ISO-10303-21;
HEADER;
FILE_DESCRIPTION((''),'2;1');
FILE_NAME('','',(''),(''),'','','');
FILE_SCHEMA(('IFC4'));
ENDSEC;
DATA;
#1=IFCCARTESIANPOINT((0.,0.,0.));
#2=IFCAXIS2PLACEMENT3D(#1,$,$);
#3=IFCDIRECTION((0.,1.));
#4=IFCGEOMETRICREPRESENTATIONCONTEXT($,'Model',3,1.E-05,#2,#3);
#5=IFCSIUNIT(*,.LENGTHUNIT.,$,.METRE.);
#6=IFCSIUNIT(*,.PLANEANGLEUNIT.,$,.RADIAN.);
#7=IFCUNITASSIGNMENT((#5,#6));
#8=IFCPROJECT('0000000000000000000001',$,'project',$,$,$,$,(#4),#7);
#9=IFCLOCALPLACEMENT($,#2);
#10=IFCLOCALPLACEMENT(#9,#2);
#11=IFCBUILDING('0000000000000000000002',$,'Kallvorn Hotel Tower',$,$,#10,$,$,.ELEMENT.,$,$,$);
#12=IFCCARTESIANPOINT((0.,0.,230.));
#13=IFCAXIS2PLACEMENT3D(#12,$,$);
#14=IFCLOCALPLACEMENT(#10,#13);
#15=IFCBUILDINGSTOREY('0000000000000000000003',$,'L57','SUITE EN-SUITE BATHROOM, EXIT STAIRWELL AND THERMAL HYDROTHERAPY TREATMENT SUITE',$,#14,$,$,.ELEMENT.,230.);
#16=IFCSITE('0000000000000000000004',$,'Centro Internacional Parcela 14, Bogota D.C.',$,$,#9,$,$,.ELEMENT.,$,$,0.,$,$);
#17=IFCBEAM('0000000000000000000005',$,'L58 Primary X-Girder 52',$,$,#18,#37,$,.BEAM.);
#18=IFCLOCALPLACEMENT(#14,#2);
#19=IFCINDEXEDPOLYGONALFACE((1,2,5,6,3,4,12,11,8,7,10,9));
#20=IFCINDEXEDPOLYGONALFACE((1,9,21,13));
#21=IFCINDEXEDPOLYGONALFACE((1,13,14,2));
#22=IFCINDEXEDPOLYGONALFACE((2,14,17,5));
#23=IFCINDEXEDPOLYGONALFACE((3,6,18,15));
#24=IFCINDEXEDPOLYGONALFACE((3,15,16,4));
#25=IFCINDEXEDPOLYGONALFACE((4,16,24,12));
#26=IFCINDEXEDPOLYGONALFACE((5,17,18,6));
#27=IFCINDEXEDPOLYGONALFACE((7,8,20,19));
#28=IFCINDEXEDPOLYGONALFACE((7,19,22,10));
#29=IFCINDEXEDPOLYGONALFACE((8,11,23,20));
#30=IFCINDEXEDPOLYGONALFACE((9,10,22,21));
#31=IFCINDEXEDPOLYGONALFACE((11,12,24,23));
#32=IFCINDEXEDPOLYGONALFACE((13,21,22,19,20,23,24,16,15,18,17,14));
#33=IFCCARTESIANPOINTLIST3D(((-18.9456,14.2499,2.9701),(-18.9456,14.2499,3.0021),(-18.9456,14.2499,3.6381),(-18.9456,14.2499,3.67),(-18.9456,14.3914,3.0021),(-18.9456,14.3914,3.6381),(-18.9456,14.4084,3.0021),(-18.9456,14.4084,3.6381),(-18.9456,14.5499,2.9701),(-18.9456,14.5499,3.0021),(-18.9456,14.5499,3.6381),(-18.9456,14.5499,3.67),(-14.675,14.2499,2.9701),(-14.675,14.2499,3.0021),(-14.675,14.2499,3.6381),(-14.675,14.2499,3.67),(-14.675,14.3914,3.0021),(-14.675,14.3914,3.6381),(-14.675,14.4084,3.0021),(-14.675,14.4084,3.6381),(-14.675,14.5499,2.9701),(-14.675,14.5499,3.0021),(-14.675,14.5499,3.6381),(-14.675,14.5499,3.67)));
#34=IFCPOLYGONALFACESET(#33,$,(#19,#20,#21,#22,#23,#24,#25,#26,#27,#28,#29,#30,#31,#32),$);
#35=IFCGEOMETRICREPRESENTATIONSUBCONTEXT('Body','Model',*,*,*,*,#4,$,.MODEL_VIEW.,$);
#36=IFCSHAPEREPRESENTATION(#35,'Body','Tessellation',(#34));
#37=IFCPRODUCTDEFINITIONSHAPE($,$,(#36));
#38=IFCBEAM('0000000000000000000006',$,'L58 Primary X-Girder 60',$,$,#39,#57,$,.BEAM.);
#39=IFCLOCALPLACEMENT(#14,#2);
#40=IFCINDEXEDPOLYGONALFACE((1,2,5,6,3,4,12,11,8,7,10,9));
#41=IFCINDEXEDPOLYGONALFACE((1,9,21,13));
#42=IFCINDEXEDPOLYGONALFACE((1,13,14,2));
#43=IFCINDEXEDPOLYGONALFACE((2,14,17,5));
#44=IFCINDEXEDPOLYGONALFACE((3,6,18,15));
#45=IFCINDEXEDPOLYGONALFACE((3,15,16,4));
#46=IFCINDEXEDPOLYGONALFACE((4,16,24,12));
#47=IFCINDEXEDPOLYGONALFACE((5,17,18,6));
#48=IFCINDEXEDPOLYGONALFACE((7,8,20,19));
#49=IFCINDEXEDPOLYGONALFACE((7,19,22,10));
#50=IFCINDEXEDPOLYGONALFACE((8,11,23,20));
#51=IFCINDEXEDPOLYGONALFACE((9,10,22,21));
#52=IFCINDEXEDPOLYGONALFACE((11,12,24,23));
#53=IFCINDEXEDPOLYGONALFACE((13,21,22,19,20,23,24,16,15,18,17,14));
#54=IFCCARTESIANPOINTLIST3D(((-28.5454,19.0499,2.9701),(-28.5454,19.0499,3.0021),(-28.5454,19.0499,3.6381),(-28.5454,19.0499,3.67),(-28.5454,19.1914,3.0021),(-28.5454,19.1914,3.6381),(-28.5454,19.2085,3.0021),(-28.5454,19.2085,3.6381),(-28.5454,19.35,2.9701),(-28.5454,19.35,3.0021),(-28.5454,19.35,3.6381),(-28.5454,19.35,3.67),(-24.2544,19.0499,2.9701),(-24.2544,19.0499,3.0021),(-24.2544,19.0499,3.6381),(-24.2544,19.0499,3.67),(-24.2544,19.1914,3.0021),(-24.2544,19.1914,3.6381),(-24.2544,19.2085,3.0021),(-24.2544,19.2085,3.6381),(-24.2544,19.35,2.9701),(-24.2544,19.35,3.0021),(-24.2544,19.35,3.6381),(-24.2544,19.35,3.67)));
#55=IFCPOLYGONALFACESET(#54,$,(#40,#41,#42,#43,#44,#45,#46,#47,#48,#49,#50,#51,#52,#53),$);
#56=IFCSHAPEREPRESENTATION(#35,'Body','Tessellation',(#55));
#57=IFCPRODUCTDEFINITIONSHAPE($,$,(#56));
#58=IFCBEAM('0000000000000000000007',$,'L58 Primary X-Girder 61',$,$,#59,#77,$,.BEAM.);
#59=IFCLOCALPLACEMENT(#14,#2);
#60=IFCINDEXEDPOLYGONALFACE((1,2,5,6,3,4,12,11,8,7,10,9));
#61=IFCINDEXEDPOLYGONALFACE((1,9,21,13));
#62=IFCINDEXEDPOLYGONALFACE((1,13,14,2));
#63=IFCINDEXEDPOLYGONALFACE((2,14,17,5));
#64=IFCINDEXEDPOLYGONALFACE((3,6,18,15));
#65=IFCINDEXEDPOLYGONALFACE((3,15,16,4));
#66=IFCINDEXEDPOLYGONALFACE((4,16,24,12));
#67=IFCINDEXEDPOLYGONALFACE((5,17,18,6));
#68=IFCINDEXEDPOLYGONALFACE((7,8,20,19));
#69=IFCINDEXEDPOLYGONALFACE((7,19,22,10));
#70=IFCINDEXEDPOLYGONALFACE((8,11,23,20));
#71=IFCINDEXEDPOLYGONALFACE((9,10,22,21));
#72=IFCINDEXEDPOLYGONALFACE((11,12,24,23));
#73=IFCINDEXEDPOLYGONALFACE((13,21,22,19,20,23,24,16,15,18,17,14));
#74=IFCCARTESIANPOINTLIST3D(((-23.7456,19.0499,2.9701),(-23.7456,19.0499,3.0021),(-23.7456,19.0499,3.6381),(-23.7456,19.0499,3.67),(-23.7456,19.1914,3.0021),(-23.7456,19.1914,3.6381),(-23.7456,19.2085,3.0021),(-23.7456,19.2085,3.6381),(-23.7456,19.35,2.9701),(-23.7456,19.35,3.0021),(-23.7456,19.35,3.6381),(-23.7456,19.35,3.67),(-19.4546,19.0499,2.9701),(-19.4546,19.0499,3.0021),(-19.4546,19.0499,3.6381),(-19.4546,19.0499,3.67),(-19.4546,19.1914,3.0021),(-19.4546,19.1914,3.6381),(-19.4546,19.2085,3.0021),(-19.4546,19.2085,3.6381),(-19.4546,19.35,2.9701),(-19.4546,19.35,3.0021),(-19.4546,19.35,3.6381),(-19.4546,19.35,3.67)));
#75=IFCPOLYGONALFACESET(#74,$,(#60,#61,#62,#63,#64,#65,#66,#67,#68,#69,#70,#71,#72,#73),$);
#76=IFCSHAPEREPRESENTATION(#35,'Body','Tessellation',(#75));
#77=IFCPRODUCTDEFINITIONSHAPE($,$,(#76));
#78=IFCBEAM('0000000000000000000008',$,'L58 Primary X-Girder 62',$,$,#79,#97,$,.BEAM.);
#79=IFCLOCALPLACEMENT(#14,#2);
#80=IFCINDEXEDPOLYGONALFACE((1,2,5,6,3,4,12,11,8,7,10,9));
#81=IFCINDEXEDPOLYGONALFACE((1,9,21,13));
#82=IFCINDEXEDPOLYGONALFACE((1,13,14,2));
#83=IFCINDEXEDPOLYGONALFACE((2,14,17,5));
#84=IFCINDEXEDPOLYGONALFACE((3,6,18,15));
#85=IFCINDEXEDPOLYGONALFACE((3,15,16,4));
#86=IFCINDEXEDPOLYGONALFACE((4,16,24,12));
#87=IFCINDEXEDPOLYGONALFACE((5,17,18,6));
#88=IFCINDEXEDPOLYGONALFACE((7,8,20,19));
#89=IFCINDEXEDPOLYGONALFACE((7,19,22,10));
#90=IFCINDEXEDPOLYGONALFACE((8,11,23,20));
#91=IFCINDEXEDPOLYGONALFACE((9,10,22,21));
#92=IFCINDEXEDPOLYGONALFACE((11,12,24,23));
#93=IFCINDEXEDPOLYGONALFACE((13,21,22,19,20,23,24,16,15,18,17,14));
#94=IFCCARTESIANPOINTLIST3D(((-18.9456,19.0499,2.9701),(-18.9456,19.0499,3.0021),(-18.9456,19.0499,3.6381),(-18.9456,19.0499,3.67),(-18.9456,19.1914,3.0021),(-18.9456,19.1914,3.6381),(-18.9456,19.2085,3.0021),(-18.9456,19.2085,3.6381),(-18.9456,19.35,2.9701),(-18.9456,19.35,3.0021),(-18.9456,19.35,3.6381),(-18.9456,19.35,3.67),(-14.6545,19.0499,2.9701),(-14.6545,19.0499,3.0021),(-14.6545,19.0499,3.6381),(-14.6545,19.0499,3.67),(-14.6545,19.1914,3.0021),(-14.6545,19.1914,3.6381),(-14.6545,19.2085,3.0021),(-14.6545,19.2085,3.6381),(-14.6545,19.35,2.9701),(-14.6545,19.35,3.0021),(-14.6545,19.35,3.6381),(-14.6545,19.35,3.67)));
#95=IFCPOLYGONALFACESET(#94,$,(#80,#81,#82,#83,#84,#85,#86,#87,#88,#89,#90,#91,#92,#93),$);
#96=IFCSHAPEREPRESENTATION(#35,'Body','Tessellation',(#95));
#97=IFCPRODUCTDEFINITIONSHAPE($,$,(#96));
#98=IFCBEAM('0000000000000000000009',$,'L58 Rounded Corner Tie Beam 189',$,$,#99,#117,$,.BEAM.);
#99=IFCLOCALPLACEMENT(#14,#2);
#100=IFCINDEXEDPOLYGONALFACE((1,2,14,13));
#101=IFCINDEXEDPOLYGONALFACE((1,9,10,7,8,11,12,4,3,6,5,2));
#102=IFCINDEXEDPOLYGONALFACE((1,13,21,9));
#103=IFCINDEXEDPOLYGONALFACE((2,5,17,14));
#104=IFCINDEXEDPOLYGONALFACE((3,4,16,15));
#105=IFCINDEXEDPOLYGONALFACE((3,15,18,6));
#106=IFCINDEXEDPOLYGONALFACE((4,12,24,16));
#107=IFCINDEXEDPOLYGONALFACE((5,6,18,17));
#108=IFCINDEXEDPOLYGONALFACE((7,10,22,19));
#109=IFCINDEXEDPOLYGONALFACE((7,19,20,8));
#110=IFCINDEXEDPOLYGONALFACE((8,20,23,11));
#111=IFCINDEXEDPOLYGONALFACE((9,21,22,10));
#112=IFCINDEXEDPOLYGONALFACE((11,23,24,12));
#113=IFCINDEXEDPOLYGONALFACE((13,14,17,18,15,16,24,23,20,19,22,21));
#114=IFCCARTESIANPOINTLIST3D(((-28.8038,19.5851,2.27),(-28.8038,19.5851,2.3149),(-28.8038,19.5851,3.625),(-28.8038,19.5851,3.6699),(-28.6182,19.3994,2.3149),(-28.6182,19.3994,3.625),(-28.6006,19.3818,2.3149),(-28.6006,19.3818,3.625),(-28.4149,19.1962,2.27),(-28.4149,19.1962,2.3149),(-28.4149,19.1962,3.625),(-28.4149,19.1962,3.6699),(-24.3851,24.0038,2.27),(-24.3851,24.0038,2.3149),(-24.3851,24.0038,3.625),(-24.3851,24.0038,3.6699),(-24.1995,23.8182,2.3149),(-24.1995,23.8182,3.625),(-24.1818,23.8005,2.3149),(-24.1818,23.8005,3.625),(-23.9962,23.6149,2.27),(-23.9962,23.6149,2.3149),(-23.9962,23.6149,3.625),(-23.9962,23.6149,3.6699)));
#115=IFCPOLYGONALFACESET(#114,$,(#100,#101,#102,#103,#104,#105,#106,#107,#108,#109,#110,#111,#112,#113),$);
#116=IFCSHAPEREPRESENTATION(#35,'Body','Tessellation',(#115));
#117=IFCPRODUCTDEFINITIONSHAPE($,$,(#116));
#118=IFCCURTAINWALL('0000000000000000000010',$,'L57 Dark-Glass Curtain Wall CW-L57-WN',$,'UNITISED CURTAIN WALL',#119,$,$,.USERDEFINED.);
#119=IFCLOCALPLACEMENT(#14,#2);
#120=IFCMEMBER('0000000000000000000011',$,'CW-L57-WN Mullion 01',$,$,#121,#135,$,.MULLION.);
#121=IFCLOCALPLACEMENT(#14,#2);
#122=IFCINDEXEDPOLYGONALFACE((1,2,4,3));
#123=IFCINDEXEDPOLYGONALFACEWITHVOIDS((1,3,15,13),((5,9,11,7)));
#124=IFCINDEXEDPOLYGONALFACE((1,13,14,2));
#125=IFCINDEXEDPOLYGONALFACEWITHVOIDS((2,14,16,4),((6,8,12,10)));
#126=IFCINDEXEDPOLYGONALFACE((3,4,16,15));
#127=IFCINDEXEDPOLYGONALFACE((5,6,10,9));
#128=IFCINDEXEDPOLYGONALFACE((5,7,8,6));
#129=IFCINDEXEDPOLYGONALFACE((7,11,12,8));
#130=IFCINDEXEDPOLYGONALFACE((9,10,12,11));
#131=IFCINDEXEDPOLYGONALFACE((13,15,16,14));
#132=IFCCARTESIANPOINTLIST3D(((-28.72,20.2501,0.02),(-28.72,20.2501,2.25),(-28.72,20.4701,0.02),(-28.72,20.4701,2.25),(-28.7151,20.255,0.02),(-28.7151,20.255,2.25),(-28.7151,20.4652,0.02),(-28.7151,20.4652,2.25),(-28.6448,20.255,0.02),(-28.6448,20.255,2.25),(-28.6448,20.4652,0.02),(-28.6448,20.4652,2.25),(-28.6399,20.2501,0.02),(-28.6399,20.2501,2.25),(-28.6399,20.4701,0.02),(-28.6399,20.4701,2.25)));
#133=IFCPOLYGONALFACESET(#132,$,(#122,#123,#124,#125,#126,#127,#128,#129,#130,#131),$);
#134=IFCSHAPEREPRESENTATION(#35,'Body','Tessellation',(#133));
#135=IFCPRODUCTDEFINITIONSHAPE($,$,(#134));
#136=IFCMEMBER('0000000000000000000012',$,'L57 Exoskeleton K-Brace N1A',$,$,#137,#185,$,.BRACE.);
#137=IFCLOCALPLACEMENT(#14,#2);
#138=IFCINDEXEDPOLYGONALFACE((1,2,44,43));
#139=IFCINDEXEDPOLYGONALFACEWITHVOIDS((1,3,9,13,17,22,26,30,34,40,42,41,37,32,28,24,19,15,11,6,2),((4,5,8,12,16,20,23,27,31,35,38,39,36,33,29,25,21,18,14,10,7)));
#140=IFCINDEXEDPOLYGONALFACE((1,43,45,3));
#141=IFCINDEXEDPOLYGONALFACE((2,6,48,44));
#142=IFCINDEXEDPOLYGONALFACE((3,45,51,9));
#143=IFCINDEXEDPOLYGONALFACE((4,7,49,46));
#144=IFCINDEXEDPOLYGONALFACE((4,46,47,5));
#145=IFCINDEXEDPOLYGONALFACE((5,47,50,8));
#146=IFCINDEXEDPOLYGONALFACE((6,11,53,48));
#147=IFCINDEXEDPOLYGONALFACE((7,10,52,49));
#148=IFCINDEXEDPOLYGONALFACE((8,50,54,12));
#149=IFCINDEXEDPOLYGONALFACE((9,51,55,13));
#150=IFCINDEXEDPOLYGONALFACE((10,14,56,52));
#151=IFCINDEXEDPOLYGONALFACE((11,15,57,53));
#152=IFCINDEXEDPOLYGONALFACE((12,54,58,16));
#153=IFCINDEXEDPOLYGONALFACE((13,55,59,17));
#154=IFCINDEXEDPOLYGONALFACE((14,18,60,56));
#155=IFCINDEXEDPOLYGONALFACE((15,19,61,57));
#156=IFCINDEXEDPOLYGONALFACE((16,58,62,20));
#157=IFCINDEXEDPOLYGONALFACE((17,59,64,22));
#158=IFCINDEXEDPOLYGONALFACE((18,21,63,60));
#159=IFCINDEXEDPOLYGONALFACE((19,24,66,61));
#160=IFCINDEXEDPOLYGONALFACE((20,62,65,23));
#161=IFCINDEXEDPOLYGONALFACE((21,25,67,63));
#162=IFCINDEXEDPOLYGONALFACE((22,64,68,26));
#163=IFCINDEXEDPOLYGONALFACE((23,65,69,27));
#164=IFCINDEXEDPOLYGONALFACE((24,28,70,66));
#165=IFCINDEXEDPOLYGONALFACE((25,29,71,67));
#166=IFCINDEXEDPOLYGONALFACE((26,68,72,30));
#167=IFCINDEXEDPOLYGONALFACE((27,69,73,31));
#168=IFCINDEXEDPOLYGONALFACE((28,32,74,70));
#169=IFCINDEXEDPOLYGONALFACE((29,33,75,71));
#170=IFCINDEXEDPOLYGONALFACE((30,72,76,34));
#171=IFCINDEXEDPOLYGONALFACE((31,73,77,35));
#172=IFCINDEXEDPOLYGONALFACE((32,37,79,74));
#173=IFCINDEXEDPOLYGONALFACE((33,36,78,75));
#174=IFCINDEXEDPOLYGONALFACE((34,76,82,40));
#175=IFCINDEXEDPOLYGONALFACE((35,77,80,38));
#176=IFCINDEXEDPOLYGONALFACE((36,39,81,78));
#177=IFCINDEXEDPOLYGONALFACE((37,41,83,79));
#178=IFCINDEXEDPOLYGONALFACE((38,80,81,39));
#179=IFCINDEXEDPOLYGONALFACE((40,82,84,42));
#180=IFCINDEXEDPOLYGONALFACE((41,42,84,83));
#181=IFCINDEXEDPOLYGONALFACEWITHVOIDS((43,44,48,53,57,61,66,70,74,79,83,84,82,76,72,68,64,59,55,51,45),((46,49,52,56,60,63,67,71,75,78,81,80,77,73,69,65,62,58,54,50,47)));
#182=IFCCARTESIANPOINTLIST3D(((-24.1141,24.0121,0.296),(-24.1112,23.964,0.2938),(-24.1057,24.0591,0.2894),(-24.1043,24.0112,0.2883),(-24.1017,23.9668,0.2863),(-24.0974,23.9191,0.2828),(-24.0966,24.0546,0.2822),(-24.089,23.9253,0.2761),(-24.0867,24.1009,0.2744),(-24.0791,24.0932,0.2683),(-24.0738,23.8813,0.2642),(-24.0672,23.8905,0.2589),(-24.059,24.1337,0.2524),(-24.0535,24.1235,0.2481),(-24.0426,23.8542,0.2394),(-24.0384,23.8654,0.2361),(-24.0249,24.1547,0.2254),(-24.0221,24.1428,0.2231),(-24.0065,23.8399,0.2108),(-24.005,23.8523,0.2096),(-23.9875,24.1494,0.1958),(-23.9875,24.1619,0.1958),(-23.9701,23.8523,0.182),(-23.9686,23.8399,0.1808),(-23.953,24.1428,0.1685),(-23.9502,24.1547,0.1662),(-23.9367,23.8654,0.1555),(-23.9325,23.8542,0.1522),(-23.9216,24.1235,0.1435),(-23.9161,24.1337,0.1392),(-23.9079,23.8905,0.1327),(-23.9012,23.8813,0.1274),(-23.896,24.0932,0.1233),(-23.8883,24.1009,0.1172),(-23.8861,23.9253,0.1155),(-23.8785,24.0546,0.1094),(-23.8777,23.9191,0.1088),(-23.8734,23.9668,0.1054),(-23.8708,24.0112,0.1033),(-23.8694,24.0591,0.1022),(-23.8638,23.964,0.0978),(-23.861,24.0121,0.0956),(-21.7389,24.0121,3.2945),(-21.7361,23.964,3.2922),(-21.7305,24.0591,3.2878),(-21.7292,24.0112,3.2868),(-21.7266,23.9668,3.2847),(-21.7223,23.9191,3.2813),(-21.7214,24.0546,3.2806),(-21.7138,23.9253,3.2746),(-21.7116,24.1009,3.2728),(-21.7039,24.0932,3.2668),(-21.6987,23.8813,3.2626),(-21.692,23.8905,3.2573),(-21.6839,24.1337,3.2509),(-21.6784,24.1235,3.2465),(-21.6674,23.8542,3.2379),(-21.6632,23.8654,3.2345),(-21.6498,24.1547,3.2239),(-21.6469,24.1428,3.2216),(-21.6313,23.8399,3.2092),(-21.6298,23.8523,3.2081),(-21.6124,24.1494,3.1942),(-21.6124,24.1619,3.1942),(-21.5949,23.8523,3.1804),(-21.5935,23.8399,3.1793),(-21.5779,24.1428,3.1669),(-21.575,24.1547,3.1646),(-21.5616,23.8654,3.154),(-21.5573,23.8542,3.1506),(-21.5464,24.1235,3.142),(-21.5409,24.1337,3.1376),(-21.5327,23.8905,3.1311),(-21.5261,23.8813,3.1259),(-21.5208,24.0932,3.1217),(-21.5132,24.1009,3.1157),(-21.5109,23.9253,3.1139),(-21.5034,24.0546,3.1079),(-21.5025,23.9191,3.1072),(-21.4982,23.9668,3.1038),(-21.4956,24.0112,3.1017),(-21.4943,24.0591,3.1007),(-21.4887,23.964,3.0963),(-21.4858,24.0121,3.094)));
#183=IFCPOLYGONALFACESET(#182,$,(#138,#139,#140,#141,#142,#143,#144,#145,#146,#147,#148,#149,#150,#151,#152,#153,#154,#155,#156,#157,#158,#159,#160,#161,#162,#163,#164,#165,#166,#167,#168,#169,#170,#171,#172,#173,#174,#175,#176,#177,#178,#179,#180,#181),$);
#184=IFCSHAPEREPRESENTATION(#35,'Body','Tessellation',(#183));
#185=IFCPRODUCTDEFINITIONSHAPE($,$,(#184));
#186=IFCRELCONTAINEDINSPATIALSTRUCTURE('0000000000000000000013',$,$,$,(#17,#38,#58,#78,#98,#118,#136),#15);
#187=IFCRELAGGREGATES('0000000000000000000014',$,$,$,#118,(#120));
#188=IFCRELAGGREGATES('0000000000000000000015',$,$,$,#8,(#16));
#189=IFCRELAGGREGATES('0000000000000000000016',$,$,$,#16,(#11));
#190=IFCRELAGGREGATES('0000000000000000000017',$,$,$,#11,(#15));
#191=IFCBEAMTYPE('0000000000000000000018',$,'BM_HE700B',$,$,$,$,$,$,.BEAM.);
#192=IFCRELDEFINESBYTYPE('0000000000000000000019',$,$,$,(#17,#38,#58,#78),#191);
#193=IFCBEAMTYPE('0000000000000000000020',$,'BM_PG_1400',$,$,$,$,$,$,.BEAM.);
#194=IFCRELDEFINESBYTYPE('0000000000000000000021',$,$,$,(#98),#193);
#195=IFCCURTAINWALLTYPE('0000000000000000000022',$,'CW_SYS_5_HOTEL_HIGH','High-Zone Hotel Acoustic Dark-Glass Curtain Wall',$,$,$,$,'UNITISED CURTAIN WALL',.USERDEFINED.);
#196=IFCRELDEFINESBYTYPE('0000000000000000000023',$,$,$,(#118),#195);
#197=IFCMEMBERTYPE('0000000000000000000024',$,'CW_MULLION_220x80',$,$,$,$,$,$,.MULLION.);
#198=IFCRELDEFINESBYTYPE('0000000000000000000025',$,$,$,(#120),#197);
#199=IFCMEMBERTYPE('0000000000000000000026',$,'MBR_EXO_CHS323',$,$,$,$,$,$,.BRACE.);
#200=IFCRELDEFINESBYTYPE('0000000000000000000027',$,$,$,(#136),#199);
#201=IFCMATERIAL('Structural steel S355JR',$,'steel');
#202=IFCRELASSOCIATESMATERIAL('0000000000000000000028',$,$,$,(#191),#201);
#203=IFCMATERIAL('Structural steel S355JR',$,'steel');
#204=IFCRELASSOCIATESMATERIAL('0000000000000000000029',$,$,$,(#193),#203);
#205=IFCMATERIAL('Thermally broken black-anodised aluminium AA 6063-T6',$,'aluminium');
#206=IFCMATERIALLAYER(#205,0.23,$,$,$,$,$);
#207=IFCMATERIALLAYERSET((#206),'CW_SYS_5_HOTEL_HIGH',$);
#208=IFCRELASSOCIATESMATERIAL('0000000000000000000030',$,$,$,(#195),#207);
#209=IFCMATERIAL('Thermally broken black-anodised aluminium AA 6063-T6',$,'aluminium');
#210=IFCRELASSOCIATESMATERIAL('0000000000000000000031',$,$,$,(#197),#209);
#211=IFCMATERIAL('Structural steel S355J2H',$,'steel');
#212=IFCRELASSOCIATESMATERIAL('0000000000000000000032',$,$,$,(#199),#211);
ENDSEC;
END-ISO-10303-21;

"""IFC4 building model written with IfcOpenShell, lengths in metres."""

from ifc_helpers import new_model, si_unit, direction, frame, origin, origin_2d, place, context, subcontext, project, spatial, hollow_rectangle, hollow_circle, i_section, extrude, material, layer, layer_set, material_profile, profile_set, type_object, element, aggregate, save


model = new_model("IFC4")

# Units and contexts
model_context = context("Model", 3, precision=1e-05, world=origin(), true_north=direction((0.0, 1.0)))
body_context = subcontext(model_context, "Body", "Model", "MODEL_VIEW")
ifc_project = project(units=[si_unit("LENGTHUNIT", "METRE"), si_unit("PLANEANGLEUNIT", "RADIAN")], contexts=[model_context])

# Site, building, storey
site_placement = place(None, origin())
site = spatial("IfcSite", under=ifc_project, at=site_placement, Name="Centro Internacional Parcela 14, Bogota D.C.", CompositionType="ELEMENT", RefElevation=0.0)
building_placement = place(site_placement, origin())
building = spatial("IfcBuilding", under=site, at=building_placement, Name="Kallvorn Hotel Tower", CompositionType="ELEMENT")
storey_placement = place(building_placement, frame((0.0, 0.0, 230.0)))
storey = spatial("IfcBuildingStorey", under=building, at=storey_placement, Name="L57", Description="SUITE EN-SUITE BATHROOM, EXIT STAIRWELL AND THERMAL HYDROTHERAPY TREATMENT SUITE", CompositionType="ELEMENT", Elevation=230.0)

# Beams
ifc_material_1 = material(Name="Structural steel S355JR", Category="steel")
ifc_material_profile_1 = material_profile(ifc_material_1, i_section(OverallWidth=0.3, OverallDepth=0.7, WebThickness=0.0171, FlangeThickness=0.032, at=origin_2d()), Name="HE 700 B")
ifc_profile_set_1 = profile_set([ifc_material_profile_1], Name="Structural steel S355JR")
beam_type_1 = type_object("IfcBeamType", Name="BM_HE700B", PredefinedType="BEAM", material=ifc_profile_set_1)
for number, where, z_axis, x_axis, name in (
    (1, (-18.9456, 14.3999, 3.3201), (1.0, 0.0, 0.0), (0.0, 1.0, 0.0), "L58 Primary X-Girder 52"),
):
    element("IfcBeam", number, at=place(storey_placement, frame(where, z_axis=z_axis, x_axis=x_axis)), inside=storey, type_object=beam_type_1, Name=name, PredefinedType="BEAM", context=body_context, shape_type="SweptSolid", body=[
        extrude(i_section(OverallWidth=0.3, OverallDepth=0.7, WebThickness=0.0171, FlangeThickness=0.032, at=origin_2d()), origin(), (0.0, 0.0, 1.0), 4.2705),
    ])
for number, where, z_axis, x_axis, name in (
    (2, (-28.5454, 19.2, 3.3201), (1.0, 0.0, 0.0), (0.0, 1.0, 0.0), "L58 Primary X-Girder 60"),
    (3, (-23.7456, 19.2, 3.3201), (1.0, 0.0, 0.0), (0.0, 1.0, 0.0), "L58 Primary X-Girder 61"),
    (4, (-18.9456, 19.2, 3.3201), (1.0, 0.0, 0.0), (0.0, 1.0, 0.0), "L58 Primary X-Girder 62"),
):
    element("IfcBeam", number, at=place(storey_placement, frame(where, z_axis=z_axis, x_axis=x_axis)), inside=storey, type_object=beam_type_1, Name=name, PredefinedType="BEAM", context=body_context, shape_type="SweptSolid", body=[
        extrude(i_section(OverallWidth=0.3, OverallDepth=0.7, WebThickness=0.0171, FlangeThickness=0.032, at=origin_2d()), origin(), (0.0, 0.0, 1.0), 4.291),
    ])
ifc_material_2 = material(Name="Structural steel S355JR", Category="steel")
ifc_material_profile_2 = material_profile(ifc_material_2, i_section(OverallWidth=0.55, OverallDepth=1.3999, WebThickness=0.0249, FlangeThickness=0.0449, at=origin_2d()), Name="PG 1400x550x25x45")
ifc_profile_set_2 = profile_set([ifc_material_profile_2], Name="Structural steel S355JR")
beam_type_2 = type_object("IfcBeamType", Name="BM_PG_1400", PredefinedType="BEAM", material=ifc_profile_set_2)
beam_1_placement = place(storey_placement, frame((-28.6094, 19.3906, 2.97), z_axis=(0.707107, 0.707107, 0.0), x_axis=(-0.707107, 0.707107, 0.0)))
element("IfcBeam", 5, at=beam_1_placement, inside=storey, type_object=beam_type_2, Name="L58 Rounded Corner Tie Beam 189", PredefinedType="BEAM", context=body_context, shape_type="SweptSolid", body=[
    extrude(i_section(OverallWidth=0.55, OverallDepth=1.3999, WebThickness=0.0249, FlangeThickness=0.0449, at=origin_2d()), origin(), (0.0, 0.0, 1.0), 6.249),
])

# Curtain wall, member
ifc_material_3 = material(Name="Thermally broken black-anodised aluminium AA 6063-T6", Category="aluminium")
ifc_layer_1 = layer(ifc_material_3, 0.23)
ifc_layer_set_1 = layer_set([ifc_layer_1], Name="CW_SYS_5_HOTEL_HIGH")
curtain_wall_type = type_object("IfcCurtainWallType", Name="CW_SYS_5_HOTEL_HIGH", Description="High-Zone Hotel Acoustic Dark-Glass Curtain Wall", ElementType="UNITISED CURTAIN WALL", PredefinedType="USERDEFINED", material=ifc_layer_set_1)
curtain_wall_placement = place(storey_placement, origin())
curtain_wall = element("IfcCurtainWall", 6, at=curtain_wall_placement, inside=storey, type_object=curtain_wall_type, Name="L57 Dark-Glass Curtain Wall CW-L57-WN", ObjectType="UNITISED CURTAIN WALL", PredefinedType="USERDEFINED")
ifc_material_4 = material(Name="Thermally broken black-anodised aluminium AA 6063-T6", Category="aluminium")
ifc_material_profile_3 = material_profile(ifc_material_4, hollow_rectangle(XDim=0.0801, YDim=0.22, WallThickness=0.0049, at=origin_2d()), Name="MUL 220x80")
ifc_profile_set_3 = profile_set([ifc_material_profile_3], Name="Thermally broken black-anodised aluminium AA 6063-T6")
member_type_1 = type_object("IfcMemberType", Name="CW_MULLION_220x80", PredefinedType="MULLION", material=ifc_profile_set_3)
member_placement = place(storey_placement, frame((-28.6799, 20.3601, 0.02), z_axis=(0.0, 0.0, 1.0), x_axis=(1.0, 0.0, 0.0)))
member = element("IfcMember", 7, at=member_placement, type_object=member_type_1, Name="CW-L57-WN Mullion 01", PredefinedType="MULLION", context=body_context, shape_type="SweptSolid", body=[
    extrude(hollow_rectangle(XDim=0.0801, YDim=0.22, WallThickness=0.0049, at=origin_2d()), origin(), (0.0, 0.0, 1.0), 2.23),
])
aggregate(curtain_wall, [member])

# Member
ifc_material_5 = material(Name="Structural steel S355J2H", Category="steel")
ifc_material_profile_4 = material_profile(ifc_material_5, hollow_circle(Radius=0.1619, WallThickness=0.0125, at=origin_2d()), Name="CHS 323.9x12.5")
ifc_profile_set_4 = profile_set([ifc_material_profile_4], Name="Structural steel S355J2H")
member_type_2 = type_object("IfcMemberType", Name="MBR_EXO_CHS323", PredefinedType="BRACE", material=ifc_profile_set_4)
for number, where, z_axis, x_axis, name in (
    (8, (-23.9875, 24.0, 0.1958), (0.620929, 0.0, 0.783867), (0.0, 1.0, 0.0), "L57 Exoskeleton K-Brace N1A"),
):
    element("IfcMember", number, at=place(storey_placement, frame(where, z_axis=z_axis, x_axis=x_axis)), inside=storey, type_object=member_type_2, Name=name, PredefinedType="BRACE", context=body_context, shape_type="SweptSolid", body=[
        extrude(hollow_circle(Radius=0.1619, WallThickness=0.0125, at=origin_2d()), origin(), (0.0, 0.0, 1.0), 3.8252),
    ])

save(model, "model.ifc")
